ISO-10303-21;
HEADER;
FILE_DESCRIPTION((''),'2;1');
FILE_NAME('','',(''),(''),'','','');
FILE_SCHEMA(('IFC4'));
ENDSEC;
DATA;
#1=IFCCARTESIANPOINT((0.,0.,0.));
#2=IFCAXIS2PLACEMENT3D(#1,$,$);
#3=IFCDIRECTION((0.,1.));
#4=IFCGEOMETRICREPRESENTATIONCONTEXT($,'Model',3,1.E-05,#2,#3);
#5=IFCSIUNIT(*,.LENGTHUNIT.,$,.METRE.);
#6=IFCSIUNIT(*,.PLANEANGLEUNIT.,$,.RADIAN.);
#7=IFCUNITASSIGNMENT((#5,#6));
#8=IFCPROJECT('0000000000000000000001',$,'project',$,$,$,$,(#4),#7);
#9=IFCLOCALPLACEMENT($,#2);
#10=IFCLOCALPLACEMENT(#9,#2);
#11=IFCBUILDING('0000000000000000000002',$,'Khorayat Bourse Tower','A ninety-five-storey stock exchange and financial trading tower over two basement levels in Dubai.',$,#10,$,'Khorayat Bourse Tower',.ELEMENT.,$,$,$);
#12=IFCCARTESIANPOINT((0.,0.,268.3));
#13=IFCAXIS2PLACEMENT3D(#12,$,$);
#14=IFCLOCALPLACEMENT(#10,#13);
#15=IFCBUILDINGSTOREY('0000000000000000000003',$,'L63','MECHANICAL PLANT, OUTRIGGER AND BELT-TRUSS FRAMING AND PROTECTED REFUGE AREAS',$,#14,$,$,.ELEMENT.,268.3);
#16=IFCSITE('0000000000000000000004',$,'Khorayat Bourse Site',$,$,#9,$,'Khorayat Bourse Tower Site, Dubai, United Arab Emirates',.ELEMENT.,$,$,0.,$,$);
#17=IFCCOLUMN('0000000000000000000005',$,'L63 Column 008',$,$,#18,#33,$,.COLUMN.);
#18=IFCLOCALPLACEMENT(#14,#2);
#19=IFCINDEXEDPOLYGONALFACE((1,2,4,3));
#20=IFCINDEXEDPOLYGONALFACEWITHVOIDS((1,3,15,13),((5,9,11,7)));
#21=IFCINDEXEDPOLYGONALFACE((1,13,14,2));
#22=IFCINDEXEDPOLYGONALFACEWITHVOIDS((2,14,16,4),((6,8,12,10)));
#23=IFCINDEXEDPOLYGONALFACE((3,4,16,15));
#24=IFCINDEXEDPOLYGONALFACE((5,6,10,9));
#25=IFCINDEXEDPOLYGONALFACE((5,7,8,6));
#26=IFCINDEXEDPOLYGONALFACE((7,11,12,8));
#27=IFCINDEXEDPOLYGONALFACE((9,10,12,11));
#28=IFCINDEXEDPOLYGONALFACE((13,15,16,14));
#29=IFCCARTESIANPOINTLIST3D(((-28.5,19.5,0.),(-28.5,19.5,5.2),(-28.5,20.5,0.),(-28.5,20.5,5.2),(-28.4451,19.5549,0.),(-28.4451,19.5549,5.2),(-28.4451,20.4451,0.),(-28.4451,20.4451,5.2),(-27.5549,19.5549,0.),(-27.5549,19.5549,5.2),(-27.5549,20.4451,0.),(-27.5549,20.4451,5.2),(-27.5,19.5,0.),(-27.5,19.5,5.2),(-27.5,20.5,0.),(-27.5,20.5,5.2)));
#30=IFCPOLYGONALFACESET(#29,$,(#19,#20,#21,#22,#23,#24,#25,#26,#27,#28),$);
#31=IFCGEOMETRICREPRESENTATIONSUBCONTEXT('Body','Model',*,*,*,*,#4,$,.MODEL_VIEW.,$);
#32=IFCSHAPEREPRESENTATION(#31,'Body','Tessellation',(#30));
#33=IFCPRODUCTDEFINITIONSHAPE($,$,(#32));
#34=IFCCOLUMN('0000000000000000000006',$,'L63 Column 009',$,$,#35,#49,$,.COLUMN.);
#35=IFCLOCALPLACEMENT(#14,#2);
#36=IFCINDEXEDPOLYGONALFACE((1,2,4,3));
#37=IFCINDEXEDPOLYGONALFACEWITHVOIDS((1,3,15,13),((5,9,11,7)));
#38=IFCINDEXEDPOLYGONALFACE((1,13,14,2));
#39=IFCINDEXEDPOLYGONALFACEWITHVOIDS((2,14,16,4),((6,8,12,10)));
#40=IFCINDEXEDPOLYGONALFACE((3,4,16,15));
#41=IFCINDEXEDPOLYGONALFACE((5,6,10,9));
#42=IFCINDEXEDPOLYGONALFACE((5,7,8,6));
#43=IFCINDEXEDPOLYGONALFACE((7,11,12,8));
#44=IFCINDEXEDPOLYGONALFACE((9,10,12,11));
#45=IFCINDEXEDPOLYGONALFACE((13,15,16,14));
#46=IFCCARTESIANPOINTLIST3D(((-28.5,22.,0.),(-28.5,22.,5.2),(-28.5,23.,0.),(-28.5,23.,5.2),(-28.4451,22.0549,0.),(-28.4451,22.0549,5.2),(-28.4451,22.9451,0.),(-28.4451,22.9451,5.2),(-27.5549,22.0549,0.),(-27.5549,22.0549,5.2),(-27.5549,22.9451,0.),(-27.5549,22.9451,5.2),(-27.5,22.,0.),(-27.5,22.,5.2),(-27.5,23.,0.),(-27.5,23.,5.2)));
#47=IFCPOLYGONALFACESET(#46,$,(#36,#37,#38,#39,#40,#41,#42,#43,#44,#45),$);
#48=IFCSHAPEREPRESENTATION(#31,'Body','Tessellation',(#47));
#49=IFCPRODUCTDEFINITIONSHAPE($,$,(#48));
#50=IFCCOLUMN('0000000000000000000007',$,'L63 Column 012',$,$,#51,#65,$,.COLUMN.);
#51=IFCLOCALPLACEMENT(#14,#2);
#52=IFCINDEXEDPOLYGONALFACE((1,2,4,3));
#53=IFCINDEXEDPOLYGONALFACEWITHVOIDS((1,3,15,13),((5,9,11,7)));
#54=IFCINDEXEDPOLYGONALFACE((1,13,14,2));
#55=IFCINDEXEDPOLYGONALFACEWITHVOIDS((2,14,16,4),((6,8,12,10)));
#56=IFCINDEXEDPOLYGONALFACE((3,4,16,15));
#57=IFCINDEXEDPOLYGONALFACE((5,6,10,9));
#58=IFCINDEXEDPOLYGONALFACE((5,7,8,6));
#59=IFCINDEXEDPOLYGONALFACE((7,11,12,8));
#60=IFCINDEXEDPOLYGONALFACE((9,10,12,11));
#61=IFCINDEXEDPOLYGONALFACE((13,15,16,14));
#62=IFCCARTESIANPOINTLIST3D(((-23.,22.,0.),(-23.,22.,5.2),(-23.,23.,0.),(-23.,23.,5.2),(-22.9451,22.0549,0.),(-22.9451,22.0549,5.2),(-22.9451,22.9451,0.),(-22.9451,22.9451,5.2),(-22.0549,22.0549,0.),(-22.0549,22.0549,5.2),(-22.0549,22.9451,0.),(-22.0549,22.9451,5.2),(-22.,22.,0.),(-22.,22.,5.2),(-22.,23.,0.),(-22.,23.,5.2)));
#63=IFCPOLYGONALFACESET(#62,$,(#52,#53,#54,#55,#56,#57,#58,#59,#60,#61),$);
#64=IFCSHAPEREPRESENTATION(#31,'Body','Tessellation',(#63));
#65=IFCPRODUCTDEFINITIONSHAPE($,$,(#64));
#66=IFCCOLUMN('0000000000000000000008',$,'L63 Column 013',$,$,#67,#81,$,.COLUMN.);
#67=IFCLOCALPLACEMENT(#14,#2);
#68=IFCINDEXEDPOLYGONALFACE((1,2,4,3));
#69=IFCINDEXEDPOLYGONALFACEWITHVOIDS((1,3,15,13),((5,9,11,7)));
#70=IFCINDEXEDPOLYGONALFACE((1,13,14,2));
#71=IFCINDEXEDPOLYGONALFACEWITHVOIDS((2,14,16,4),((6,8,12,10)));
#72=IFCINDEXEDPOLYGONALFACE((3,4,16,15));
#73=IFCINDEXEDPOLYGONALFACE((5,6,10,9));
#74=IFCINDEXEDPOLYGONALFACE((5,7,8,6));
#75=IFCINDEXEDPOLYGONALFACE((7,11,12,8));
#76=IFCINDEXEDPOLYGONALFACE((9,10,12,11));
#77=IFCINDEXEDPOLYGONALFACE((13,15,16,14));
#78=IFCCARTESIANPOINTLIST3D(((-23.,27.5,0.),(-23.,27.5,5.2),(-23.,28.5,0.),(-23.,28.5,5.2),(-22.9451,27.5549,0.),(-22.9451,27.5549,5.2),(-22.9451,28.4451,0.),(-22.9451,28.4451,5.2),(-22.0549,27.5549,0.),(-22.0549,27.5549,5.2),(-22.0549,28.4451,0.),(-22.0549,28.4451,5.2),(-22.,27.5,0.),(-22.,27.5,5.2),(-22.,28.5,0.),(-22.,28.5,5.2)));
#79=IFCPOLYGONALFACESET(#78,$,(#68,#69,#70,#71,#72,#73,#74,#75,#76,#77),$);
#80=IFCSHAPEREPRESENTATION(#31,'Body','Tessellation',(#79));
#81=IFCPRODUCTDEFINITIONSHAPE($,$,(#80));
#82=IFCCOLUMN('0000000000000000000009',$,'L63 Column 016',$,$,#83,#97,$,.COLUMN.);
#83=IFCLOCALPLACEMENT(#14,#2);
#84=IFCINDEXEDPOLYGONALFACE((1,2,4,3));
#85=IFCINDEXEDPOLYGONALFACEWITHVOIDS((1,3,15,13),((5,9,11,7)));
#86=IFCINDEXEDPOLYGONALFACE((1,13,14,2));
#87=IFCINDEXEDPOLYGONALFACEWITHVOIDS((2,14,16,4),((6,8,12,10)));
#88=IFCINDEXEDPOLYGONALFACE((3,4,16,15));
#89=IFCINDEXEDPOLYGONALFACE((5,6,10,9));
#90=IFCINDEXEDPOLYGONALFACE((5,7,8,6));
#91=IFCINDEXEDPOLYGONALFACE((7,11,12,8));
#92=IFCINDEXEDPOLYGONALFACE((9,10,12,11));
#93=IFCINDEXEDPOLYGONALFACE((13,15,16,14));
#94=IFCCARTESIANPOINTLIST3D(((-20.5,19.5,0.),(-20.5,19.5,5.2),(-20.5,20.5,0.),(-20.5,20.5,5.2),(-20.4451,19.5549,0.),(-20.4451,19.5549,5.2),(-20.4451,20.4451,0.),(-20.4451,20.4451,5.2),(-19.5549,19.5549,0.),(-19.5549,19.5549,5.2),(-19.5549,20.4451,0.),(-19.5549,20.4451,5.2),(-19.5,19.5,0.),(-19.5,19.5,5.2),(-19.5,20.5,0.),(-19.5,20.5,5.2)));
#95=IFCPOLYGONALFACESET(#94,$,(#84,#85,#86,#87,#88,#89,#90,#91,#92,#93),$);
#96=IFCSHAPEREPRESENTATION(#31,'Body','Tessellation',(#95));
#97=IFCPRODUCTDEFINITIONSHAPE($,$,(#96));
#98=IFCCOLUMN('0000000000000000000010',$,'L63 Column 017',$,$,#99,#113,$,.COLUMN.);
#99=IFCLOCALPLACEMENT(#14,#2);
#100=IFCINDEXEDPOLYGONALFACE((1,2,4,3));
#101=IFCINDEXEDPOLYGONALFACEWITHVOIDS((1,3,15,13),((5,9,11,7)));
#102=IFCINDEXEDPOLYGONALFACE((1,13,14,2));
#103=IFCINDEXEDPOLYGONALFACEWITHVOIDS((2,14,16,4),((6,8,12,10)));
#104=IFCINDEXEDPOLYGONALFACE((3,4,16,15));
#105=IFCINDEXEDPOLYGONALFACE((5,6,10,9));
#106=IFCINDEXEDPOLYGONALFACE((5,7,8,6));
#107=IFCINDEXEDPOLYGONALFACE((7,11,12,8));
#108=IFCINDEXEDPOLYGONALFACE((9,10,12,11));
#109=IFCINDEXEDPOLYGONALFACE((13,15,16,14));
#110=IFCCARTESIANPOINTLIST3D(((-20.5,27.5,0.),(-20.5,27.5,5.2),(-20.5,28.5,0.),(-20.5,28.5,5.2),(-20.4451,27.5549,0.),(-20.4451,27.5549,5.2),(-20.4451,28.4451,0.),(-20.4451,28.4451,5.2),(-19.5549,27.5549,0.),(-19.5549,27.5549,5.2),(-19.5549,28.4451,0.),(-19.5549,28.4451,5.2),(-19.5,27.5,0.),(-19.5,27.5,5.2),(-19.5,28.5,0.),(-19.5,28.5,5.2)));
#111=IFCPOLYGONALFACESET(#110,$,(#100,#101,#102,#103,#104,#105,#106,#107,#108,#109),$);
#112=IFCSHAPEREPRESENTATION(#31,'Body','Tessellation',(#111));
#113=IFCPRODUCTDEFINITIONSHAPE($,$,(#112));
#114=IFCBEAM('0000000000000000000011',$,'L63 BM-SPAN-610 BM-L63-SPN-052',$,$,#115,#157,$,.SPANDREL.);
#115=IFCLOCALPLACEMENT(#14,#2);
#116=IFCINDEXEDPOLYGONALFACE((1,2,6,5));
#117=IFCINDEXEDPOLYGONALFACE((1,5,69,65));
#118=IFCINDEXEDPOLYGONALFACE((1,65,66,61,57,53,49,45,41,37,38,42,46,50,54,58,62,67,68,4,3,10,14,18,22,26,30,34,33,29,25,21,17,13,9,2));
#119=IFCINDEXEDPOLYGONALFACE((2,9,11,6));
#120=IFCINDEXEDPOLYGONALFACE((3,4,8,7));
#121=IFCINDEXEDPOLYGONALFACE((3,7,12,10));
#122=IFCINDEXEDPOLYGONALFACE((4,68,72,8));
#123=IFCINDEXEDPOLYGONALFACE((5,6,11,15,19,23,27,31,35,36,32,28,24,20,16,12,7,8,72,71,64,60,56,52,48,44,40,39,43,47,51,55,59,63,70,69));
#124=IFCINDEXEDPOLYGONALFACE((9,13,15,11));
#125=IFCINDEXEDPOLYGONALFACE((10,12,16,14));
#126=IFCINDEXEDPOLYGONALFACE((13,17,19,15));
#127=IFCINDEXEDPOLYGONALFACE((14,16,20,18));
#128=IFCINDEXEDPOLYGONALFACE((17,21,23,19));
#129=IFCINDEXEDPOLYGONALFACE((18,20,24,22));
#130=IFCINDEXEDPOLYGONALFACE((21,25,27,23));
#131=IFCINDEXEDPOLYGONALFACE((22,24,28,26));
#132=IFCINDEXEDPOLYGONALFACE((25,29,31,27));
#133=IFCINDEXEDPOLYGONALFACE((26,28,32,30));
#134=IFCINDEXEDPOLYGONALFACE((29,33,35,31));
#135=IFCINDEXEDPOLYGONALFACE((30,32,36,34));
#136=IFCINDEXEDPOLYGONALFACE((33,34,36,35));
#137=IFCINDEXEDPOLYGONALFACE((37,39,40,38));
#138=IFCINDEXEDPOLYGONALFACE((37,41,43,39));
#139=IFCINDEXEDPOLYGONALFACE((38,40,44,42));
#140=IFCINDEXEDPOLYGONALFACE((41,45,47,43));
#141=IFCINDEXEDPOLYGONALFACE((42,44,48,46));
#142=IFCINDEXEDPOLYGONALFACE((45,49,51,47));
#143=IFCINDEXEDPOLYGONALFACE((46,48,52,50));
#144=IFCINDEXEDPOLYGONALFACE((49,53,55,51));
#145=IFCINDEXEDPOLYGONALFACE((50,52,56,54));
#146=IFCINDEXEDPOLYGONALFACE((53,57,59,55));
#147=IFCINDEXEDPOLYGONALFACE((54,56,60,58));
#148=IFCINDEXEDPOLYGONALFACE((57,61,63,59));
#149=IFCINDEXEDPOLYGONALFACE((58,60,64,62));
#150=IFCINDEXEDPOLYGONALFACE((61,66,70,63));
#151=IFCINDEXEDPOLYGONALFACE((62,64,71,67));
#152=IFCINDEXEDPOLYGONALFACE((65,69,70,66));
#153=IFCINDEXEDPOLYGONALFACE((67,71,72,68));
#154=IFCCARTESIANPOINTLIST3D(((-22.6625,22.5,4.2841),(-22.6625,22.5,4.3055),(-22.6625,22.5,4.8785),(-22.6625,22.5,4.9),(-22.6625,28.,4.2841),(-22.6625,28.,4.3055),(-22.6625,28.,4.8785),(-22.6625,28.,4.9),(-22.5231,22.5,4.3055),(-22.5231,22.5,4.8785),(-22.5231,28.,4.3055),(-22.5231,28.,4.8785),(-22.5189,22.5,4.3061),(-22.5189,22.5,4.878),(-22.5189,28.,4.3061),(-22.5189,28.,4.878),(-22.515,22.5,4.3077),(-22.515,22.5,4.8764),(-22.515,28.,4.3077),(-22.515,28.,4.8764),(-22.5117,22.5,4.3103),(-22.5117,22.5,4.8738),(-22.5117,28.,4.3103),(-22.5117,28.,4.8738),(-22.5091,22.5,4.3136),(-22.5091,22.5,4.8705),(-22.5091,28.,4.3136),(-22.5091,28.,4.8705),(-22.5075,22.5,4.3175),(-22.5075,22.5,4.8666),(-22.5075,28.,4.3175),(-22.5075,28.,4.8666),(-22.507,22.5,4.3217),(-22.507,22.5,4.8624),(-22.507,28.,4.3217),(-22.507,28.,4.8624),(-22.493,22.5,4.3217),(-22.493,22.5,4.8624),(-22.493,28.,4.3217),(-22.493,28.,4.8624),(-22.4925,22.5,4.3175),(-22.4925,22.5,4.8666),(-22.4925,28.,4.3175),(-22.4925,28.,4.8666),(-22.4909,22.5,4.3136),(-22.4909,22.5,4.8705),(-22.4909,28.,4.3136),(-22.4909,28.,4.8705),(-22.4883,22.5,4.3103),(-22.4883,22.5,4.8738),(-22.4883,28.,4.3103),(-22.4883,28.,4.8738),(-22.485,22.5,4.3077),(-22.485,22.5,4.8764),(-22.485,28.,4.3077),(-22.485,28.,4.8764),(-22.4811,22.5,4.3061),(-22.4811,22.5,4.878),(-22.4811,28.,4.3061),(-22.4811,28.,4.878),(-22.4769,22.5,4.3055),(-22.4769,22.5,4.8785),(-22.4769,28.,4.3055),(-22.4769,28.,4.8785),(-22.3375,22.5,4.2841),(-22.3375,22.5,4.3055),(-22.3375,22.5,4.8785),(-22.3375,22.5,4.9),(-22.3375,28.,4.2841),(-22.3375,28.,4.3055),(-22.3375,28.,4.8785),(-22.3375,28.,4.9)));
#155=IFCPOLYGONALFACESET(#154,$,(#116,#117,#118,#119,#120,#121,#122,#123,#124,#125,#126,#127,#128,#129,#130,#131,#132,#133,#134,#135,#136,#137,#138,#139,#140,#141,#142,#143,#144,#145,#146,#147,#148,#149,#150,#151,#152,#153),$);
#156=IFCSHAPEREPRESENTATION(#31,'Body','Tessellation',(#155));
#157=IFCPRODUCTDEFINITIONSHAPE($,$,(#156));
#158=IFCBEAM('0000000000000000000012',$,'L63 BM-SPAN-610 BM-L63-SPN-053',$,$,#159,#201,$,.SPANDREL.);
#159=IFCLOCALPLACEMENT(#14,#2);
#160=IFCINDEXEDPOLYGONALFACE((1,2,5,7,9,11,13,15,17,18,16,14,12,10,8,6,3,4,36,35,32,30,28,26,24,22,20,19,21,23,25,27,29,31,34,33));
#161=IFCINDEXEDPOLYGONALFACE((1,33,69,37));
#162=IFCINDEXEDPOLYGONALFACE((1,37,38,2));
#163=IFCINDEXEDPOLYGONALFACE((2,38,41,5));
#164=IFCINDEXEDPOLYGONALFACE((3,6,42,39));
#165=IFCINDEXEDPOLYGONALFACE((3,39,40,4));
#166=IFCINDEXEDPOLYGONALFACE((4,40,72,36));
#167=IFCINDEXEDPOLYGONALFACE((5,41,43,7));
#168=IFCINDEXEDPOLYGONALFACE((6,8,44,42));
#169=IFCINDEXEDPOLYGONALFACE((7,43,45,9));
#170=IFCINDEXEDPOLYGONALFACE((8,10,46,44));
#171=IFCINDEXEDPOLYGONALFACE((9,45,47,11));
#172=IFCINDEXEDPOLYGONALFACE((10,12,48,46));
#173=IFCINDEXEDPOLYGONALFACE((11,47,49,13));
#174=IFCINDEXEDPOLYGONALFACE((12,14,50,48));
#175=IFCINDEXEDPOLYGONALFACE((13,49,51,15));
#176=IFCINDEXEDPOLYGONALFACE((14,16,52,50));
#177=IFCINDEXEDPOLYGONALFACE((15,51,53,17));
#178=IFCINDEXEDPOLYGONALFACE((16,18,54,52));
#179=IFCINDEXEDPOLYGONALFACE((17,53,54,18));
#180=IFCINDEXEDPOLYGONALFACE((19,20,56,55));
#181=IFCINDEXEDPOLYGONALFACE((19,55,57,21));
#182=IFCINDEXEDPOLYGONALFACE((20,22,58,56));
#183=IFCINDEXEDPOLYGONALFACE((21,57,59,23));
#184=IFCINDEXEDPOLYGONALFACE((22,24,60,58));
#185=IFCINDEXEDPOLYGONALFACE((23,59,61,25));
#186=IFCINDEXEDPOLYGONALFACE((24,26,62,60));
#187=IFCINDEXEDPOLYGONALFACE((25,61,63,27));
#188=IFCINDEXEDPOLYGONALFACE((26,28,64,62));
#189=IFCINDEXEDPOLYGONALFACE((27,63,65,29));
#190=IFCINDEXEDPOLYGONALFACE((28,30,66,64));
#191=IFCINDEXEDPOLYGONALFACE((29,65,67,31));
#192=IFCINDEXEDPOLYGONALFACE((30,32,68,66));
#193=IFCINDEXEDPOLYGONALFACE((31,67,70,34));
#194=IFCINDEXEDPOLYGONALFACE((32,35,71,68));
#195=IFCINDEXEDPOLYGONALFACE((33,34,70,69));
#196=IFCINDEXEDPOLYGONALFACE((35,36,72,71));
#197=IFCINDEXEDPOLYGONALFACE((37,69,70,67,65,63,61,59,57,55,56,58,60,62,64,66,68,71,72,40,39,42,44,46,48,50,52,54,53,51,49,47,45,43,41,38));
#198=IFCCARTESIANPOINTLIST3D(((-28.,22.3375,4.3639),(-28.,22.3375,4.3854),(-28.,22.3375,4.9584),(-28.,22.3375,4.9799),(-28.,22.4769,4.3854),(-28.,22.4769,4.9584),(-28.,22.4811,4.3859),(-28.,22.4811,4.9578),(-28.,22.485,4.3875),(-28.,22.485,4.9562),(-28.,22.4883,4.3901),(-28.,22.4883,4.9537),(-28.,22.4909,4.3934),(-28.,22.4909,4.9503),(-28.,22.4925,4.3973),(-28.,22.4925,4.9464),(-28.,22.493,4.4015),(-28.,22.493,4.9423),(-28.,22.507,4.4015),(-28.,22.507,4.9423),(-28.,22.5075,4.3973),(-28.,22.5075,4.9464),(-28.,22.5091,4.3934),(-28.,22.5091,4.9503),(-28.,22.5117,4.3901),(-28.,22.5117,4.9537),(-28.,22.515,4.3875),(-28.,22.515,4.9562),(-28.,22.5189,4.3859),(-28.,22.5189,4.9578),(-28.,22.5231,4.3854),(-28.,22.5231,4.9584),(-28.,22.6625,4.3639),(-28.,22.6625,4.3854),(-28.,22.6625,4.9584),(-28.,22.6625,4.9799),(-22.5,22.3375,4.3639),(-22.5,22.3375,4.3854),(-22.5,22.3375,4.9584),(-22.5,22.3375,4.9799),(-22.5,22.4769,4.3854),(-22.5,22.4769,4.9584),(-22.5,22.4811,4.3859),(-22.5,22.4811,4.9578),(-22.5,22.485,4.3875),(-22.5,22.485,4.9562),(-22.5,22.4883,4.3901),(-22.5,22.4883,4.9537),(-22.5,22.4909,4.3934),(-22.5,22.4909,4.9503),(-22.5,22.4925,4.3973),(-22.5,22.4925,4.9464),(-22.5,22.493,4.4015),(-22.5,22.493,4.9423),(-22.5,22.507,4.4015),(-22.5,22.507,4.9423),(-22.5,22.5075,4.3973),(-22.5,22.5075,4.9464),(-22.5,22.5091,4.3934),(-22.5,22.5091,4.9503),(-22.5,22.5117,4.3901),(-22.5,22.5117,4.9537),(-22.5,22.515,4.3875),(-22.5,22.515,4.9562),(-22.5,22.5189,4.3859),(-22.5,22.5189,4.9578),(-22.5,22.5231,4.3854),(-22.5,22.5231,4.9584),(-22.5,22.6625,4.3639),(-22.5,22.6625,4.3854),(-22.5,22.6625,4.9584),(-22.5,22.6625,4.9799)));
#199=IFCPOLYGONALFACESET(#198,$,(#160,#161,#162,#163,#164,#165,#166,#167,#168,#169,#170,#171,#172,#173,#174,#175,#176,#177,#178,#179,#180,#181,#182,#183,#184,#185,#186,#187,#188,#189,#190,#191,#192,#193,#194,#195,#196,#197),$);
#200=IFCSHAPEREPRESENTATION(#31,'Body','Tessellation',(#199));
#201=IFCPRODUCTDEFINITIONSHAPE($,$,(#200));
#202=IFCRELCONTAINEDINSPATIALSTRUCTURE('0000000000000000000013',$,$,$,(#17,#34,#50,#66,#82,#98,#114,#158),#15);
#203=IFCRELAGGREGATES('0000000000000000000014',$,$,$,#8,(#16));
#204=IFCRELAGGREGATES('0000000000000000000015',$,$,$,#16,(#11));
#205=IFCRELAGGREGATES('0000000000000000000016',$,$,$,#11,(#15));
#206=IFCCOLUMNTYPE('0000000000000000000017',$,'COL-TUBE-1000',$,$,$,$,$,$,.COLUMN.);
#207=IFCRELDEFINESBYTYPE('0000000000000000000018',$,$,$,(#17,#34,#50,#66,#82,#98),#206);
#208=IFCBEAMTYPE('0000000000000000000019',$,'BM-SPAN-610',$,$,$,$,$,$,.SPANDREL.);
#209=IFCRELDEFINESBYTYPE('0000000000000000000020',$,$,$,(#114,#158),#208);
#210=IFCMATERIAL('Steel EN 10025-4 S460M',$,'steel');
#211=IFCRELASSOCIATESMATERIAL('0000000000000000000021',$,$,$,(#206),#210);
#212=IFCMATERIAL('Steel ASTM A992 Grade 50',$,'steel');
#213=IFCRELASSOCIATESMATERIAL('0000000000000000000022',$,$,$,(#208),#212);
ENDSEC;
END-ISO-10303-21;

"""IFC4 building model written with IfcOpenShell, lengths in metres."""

from ifc_helpers import new_model, si_unit, direction, frame, origin, origin_2d, place, context, subcontext, project, spatial, hollow_rectangle, i_section, extrude, source, transform, mapped, material, material_profile, profile_set, type_object, element, save


model = new_model("IFC4")

# Units and contexts
model_context = context("Model", 3, precision=1e-05, world=origin(), true_north=direction((0.0, 1.0)))
body_context = subcontext(model_context, "Body", "Model", "MODEL_VIEW")
ifc_project = project(units=[si_unit("LENGTHUNIT", "METRE"), si_unit("PLANEANGLEUNIT", "RADIAN")], contexts=[model_context])

# Site, building, storey
site_placement = place(None, origin())
site = spatial("IfcSite", under=ifc_project, at=site_placement, Name="Khorayat Bourse Site", LongName="Khorayat Bourse Tower Site, Dubai, United Arab Emirates", CompositionType="ELEMENT", RefElevation=0.0)
building_placement = place(site_placement, origin())
building = spatial("IfcBuilding", under=site, at=building_placement, Name="Khorayat Bourse Tower", Description="A ninety-five-storey stock exchange and financial trading tower over two basement levels in Dubai.", LongName="Khorayat Bourse Tower", CompositionType="ELEMENT")
storey_placement = place(building_placement, frame((0.0, 0.0, 268.3)))
storey = spatial("IfcBuildingStorey", under=building, at=storey_placement, Name="L63", Description="MECHANICAL PLANT, OUTRIGGER AND BELT-TRUSS FRAMING AND PROTECTED REFUGE AREAS", CompositionType="ELEMENT", Elevation=268.3)

# Columns
ifc_material_1 = material(Name="Steel EN 10025-4 S460M", Category="steel")
ifc_material_profile_1 = material_profile(ifc_material_1, hollow_rectangle(XDim=1.0, YDim=1.0, WallThickness=0.0549, at=origin_2d()), Name="BOX 1000x1000x55")
ifc_profile_set_1 = profile_set([ifc_material_profile_1], Name="Steel EN 10025-4 S460M")
column_type = type_object("IfcColumnType", Name="COL-TUBE-1000", PredefinedType="COLUMN", material=ifc_profile_set_1)
shared_shape_1 = source(origin(), body_context, "Body", "SweptSolid", [
    extrude(hollow_rectangle(XDim=1.0, YDim=1.0, WallThickness=0.0549, at=origin_2d()), origin(), (0.0, 0.0, 1.0), 5.2),
])
for number, where, z_axis, x_axis, name in (
    (1, (-28.0, 20.0, 0.0), (0.0, 0.0, 1.0), (1.0, 0.0, 0.0), "L63 Column 008"),
    (2, (-28.0, 22.5, 0.0), (0.0, 0.0, 1.0), (1.0, 0.0, 0.0), "L63 Column 009"),
    (3, (-22.5, 22.5, 0.0), (0.0, 0.0, 1.0), (1.0, 0.0, 0.0), "L63 Column 012"),
    (4, (-22.5, 28.0, 0.0), (0.0, 0.0, 1.0), (1.0, 0.0, 0.0), "L63 Column 013"),
    (5, (-20.0, 20.0, 0.0), (0.0, 0.0, 1.0), (1.0, 0.0, 0.0), "L63 Column 016"),
    (6, (-20.0, 28.0, 0.0), (0.0, 0.0, 1.0), (1.0, 0.0, 0.0), "L63 Column 017"),
):
    element("IfcColumn", number, at=place(storey_placement, frame(where, z_axis=z_axis, x_axis=x_axis)), inside=storey, type_object=column_type, Name=name, PredefinedType="COLUMN", context=body_context, shape_type="MappedRepresentation", body=[
        mapped(shared_shape_1, transform((0.0, 0.0, 0.0), scale=1.0)),
    ])

# Beams
ifc_material_2 = material(Name="Steel ASTM A992 Grade 50", Category="steel")
ifc_material_profile_2 = material_profile(ifc_material_2, i_section(OverallWidth=0.325, OverallDepth=0.616, WebThickness=0.0139, FlangeThickness=0.0215, FilletRadius=0.0161, at=origin_2d()), Name="W610X174")
ifc_profile_set_2 = profile_set([ifc_material_profile_2], Name="Steel ASTM A992 Grade 50")
beam_type_1 = type_object("IfcBeamType", Name="BM-SPAN-610", PredefinedType="SPANDREL", material=ifc_profile_set_2)
shared_shape_2 = source(origin(), body_context, "Body", "SweptSolid", [
    extrude(i_section(OverallWidth=0.325, OverallDepth=0.616, WebThickness=0.0139, FlangeThickness=0.0215, FilletRadius=0.0161, at=origin_2d()), origin(), (0.0, 0.0, 1.0), 5.5),
])
for number, where, z_axis, x_axis, name in (
    (7, (-22.5, 22.5, 4.592), (0.0, 1.0, 0.0), (-1.0, 0.0, 0.0), "L63 BM-SPAN-610 BM-L63-SPN-052"),
    (8, (-28.0, 22.5, 4.6719), (1.0, 0.0, 0.0), (0.0, 1.0, 0.0), "L63 BM-SPAN-610 BM-L63-SPN-053"),
):
    element("IfcBeam", number, at=place(storey_placement, frame(where, z_axis=z_axis, x_axis=x_axis)), inside=storey, type_object=beam_type_1, Name=name, PredefinedType="SPANDREL", context=body_context, shape_type="MappedRepresentation", body=[
        mapped(shared_shape_2, transform((0.0, 0.0, 0.0), scale=1.0)),
    ])

save(model, "model.ifc")
